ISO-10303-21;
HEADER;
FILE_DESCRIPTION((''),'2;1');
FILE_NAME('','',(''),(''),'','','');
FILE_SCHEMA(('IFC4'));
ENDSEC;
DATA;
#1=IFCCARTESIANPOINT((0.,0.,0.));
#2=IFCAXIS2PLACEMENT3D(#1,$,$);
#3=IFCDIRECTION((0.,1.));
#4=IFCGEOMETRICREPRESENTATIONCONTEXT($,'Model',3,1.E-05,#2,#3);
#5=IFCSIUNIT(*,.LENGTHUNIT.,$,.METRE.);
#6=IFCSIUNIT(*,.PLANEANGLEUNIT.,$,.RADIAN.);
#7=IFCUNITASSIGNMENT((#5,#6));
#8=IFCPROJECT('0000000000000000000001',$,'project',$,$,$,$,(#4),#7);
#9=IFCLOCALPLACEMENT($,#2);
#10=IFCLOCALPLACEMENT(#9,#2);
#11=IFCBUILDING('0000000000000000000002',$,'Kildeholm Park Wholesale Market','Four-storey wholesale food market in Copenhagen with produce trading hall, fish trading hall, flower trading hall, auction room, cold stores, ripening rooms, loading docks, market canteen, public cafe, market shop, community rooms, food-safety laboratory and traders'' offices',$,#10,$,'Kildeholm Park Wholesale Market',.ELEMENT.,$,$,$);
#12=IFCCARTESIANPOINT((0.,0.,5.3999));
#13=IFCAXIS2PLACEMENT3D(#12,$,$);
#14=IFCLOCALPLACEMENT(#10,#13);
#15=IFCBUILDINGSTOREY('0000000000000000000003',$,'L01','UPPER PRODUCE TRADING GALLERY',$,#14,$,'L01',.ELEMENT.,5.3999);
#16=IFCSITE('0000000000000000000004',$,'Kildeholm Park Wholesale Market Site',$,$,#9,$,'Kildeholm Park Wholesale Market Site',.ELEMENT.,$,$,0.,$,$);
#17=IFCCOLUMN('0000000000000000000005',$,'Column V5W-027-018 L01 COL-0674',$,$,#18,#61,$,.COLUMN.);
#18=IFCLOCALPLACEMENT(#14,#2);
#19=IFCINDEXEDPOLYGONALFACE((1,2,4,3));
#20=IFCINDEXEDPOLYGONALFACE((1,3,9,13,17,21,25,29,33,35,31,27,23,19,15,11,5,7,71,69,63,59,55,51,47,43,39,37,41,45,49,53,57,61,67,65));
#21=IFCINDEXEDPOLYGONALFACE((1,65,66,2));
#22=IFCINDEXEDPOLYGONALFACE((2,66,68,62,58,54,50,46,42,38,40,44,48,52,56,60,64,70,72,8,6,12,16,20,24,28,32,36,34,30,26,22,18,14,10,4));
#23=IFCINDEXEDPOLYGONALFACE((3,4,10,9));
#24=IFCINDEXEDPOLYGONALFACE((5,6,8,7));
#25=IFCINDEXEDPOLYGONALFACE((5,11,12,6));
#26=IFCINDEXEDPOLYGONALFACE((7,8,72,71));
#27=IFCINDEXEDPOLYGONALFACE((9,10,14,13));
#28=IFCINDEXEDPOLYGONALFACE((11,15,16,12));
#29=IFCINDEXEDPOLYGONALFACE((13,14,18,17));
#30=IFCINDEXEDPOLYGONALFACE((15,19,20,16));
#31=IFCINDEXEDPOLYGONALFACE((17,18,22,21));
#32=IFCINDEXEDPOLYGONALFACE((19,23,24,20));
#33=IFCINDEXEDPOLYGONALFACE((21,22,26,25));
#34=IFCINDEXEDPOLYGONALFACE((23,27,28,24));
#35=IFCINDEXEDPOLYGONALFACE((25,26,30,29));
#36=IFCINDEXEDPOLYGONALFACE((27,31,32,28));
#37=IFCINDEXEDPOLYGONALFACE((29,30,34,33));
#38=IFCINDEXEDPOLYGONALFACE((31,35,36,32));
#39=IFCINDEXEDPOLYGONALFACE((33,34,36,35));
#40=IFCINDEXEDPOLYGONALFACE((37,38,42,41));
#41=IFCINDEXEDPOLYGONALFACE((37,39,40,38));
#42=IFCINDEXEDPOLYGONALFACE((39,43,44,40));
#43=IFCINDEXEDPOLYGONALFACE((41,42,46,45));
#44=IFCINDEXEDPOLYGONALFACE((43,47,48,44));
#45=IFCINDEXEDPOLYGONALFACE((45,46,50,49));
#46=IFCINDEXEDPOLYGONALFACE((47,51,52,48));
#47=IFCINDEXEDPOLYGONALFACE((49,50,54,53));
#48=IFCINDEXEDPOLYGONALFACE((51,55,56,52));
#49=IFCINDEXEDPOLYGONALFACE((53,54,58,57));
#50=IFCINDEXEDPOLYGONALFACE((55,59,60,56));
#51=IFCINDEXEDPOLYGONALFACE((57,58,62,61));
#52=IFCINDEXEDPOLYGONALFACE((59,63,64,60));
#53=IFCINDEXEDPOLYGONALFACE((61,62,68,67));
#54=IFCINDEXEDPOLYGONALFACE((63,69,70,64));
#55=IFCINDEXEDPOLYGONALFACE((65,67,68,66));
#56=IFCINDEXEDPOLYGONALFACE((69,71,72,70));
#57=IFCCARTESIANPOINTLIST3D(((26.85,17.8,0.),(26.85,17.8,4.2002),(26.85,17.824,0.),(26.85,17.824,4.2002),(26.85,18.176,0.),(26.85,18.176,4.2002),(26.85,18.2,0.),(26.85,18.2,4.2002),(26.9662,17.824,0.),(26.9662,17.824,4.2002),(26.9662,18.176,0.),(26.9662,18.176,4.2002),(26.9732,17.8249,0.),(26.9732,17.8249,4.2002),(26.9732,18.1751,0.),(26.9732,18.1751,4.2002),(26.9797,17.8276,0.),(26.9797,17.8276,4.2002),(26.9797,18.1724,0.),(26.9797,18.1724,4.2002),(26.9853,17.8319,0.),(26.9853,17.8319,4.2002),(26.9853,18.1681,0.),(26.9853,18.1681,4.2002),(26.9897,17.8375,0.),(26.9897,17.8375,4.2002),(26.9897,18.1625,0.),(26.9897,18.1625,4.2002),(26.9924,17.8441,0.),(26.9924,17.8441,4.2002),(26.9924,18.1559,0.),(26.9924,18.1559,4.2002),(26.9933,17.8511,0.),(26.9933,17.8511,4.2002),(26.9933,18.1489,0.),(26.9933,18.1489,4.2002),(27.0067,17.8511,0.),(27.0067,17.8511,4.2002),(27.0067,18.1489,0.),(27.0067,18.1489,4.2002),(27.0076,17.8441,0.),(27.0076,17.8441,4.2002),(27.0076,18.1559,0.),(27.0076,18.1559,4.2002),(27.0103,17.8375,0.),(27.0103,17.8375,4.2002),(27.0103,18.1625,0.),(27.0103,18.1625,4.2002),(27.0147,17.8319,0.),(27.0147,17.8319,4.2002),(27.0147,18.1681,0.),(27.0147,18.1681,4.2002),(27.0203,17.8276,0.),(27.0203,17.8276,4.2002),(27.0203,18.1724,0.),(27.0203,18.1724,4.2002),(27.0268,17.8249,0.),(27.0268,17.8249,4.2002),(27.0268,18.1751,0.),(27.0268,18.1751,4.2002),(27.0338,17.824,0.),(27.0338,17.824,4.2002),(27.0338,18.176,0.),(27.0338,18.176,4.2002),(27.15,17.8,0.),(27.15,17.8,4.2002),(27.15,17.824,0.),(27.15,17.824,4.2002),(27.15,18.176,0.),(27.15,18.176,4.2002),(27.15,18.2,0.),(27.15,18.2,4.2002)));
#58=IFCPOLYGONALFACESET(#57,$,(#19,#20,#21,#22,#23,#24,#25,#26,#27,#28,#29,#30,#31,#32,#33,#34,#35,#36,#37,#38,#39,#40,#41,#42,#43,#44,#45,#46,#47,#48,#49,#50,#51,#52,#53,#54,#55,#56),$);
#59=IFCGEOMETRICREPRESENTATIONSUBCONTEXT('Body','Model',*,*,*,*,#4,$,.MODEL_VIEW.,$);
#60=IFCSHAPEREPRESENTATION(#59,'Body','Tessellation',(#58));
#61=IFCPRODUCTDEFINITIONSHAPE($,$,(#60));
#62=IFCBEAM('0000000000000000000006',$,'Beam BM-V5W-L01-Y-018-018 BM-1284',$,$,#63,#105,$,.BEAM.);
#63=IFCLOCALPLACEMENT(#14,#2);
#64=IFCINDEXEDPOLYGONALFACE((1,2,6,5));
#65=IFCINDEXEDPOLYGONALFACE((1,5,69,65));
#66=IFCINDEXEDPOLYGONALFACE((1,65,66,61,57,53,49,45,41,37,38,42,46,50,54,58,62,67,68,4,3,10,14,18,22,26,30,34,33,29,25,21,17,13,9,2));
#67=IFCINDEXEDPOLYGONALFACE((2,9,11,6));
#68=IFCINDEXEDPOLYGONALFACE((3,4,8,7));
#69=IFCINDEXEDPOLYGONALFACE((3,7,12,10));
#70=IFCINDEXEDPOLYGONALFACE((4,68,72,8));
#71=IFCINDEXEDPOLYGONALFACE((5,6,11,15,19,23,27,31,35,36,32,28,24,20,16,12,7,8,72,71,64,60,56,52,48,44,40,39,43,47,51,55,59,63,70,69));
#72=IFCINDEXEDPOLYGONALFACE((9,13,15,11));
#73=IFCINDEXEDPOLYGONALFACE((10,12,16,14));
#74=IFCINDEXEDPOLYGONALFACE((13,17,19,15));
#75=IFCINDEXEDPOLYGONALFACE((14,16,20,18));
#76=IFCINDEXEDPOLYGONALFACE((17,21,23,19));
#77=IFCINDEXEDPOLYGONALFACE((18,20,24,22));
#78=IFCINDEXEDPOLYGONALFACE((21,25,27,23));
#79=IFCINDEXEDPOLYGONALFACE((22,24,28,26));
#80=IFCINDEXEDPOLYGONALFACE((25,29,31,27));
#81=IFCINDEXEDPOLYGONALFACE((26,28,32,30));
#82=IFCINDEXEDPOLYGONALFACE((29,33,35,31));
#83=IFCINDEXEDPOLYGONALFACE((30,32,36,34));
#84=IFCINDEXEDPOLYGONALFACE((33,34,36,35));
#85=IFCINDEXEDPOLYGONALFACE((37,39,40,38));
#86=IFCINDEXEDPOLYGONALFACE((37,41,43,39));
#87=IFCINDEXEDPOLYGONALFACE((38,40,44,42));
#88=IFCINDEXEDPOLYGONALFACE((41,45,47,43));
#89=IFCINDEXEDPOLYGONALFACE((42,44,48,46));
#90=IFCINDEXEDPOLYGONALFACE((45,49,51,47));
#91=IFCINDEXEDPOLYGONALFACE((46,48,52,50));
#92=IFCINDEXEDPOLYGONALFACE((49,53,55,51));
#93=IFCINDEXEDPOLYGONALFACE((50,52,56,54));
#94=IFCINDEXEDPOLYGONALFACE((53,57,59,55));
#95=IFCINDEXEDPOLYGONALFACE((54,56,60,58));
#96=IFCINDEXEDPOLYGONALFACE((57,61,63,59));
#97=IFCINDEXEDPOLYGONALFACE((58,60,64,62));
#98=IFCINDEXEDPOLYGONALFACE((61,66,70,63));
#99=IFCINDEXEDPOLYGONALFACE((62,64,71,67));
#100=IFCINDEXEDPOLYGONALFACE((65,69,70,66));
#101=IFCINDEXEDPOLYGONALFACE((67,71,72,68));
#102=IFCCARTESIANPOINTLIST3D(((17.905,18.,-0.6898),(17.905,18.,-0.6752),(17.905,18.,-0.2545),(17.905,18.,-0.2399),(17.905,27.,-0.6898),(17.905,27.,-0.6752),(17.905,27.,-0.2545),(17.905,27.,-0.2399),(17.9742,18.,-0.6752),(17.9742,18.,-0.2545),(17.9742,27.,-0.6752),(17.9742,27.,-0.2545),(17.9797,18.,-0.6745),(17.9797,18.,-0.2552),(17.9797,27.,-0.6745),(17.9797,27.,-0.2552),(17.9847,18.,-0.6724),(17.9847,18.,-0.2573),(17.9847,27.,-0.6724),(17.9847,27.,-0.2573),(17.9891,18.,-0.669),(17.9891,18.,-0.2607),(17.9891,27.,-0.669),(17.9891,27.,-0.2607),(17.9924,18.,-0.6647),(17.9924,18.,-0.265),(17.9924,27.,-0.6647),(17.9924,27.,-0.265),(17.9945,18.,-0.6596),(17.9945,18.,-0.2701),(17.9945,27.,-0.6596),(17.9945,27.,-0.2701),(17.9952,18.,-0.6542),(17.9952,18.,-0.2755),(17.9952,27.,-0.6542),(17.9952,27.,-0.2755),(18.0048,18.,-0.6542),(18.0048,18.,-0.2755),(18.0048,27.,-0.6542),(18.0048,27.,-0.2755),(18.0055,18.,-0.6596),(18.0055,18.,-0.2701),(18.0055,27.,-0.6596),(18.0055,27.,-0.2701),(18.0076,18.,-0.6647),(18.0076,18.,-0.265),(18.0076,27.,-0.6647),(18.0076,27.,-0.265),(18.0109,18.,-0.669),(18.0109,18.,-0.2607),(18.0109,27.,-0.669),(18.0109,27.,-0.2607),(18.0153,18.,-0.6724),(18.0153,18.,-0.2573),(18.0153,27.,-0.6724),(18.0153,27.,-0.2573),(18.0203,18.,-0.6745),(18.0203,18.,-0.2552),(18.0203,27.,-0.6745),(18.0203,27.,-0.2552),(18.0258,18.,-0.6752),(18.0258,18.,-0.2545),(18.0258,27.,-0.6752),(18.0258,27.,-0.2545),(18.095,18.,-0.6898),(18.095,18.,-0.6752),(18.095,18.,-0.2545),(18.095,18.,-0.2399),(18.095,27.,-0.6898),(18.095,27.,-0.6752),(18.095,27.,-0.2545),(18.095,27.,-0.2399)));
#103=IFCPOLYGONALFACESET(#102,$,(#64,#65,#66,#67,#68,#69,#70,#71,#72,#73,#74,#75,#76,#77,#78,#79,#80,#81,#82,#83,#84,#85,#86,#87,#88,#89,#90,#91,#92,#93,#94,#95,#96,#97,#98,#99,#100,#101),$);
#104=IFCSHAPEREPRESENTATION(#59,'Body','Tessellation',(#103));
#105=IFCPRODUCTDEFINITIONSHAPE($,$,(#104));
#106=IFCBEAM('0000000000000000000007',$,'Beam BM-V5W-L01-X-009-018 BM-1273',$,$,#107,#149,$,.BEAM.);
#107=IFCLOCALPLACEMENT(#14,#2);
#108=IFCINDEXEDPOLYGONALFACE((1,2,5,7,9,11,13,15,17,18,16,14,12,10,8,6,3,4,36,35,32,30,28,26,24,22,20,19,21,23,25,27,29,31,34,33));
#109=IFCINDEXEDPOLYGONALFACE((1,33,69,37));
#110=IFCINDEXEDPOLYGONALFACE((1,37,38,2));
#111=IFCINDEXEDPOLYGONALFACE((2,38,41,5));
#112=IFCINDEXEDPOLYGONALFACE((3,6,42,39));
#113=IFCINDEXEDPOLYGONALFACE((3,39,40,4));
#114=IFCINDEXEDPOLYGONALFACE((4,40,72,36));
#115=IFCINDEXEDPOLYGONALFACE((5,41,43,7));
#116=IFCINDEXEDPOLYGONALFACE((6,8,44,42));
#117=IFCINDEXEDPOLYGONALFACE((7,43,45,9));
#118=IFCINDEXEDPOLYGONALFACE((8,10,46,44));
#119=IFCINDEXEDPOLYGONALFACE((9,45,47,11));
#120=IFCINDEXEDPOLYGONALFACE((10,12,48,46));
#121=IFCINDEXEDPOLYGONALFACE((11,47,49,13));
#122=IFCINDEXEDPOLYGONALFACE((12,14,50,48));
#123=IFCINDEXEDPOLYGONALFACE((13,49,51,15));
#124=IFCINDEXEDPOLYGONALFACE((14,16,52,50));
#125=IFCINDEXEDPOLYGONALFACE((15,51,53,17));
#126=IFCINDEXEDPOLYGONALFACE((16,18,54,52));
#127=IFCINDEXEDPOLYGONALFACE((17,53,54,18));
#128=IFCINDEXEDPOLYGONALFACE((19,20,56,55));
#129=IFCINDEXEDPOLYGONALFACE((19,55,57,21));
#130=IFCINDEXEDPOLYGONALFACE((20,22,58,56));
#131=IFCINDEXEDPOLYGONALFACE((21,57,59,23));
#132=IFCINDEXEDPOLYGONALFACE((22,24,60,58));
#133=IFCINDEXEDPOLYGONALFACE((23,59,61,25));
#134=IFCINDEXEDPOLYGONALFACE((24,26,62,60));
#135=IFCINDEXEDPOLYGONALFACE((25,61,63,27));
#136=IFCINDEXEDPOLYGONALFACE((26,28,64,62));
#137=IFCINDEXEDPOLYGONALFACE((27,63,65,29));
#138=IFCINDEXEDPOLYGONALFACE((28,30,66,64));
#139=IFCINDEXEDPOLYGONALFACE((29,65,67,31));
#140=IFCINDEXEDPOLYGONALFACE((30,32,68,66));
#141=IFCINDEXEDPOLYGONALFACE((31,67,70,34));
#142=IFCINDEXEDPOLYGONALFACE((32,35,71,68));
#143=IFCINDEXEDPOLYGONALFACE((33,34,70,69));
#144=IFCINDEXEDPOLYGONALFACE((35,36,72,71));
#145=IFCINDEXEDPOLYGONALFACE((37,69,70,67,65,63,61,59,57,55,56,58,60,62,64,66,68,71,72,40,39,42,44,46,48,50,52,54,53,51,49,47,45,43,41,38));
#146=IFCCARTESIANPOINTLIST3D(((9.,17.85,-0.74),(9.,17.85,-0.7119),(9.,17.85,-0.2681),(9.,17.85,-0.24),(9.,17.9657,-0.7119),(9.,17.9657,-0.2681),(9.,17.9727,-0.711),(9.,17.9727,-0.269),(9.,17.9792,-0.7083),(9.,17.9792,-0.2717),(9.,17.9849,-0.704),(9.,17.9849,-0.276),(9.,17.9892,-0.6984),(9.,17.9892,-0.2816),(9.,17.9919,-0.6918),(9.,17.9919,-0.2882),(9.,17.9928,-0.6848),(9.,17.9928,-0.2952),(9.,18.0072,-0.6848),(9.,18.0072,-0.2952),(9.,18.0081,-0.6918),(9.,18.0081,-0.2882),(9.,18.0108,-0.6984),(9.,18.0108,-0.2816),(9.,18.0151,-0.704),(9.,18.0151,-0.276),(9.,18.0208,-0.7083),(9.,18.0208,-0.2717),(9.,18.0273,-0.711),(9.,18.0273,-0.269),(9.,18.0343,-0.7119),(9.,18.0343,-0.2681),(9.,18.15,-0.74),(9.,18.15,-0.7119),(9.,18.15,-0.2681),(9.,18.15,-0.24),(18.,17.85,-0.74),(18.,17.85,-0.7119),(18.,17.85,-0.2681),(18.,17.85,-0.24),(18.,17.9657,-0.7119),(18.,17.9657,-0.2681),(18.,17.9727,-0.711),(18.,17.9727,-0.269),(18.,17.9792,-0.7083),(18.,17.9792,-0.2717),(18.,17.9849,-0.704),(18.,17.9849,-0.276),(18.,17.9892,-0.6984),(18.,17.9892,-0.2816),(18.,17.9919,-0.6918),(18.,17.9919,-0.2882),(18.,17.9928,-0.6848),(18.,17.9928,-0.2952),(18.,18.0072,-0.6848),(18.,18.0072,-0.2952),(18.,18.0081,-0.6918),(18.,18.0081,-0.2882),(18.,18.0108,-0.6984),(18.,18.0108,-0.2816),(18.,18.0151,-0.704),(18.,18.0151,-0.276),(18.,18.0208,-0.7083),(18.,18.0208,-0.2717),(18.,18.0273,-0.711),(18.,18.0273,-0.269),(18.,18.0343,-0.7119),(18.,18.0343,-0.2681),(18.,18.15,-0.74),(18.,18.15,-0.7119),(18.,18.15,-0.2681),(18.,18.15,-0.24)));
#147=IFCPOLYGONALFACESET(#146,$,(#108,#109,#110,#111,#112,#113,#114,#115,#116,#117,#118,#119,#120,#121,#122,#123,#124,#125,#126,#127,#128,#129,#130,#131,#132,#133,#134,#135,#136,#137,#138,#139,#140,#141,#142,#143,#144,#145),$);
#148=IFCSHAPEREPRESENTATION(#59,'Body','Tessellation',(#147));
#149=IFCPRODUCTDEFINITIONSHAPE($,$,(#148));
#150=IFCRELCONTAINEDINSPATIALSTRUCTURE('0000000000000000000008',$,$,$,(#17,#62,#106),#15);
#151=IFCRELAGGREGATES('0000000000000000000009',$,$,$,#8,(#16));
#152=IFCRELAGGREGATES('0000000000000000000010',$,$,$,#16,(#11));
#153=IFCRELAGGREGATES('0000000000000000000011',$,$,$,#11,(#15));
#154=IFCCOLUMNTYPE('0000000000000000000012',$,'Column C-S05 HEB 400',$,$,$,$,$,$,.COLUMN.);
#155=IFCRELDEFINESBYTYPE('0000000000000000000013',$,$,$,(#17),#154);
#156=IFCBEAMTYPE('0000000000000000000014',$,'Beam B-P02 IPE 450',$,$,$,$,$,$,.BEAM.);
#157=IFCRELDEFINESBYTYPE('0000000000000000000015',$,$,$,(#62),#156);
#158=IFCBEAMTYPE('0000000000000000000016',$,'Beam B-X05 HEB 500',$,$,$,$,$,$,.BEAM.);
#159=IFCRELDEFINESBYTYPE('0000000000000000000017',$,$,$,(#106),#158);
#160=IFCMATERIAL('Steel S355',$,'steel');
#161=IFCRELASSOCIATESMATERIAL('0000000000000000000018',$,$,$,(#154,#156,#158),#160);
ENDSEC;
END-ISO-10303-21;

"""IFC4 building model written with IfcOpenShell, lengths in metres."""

from ifc_helpers import new_model, si_unit, direction, frame, origin, origin_2d, place, context, subcontext, project, spatial, i_section, extrude, material, material_profile, profile_set, type_object, element, save


model = new_model("IFC4")

# Units and contexts
model_context = context("Model", 3, precision=1e-05, world=origin(), true_north=direction((0.0, 1.0)))
body_context = subcontext(model_context, "Body", "Model", "MODEL_VIEW")
ifc_project = project(units=[si_unit("LENGTHUNIT", "METRE"), si_unit("PLANEANGLEUNIT", "RADIAN")], contexts=[model_context])

# Site, building, storey
site_placement = place(None, origin())
site = spatial("IfcSite", under=ifc_project, at=site_placement, Name="Kildeholm Park Wholesale Market Site", LongName="Kildeholm Park Wholesale Market Site", CompositionType="ELEMENT", RefElevation=0.0)
building_placement = place(site_placement, origin())
building = spatial("IfcBuilding", under=site, at=building_placement, Name="Kildeholm Park Wholesale Market", Description="Four-storey wholesale food market in Copenhagen with produce trading hall, fish trading hall, flower trading hall, auction room, cold stores, ripening rooms, loading docks, market canteen, public cafe, market shop, community rooms, food-safety laboratory and traders' offices", LongName="Kildeholm Park Wholesale Market", CompositionType="ELEMENT")
storey_placement = place(building_placement, frame((0.0, 0.0, 5.3999)))
storey = spatial("IfcBuildingStorey", under=building, at=storey_placement, Name="L01", Description="UPPER PRODUCE TRADING GALLERY", LongName="L01", CompositionType="ELEMENT", Elevation=5.3999)

# Column
ifc_material_1 = material(Name="Steel S355", Category="steel")
ifc_material_profile_1 = material_profile(ifc_material_1, i_section(OverallWidth=0.3, OverallDepth=0.3999, WebThickness=0.0134, FlangeThickness=0.0239, FilletRadius=0.0271, at=origin_2d()), Name="HEB 400")
ifc_profile_set_1 = profile_set([ifc_material_profile_1], Name="Steel S355")
column_type = type_object("IfcColumnType", Name="Column C-S05 HEB 400", PredefinedType="COLUMN", material=ifc_profile_set_1)
for number, where, z_axis, x_axis, name in (
    (1, (27.0, 18.0, 0.0), (0.0, 0.0, 1.0), (1.0, 0.0, 0.0), "Column V5W-027-018 L01 COL-0674"),
):
    element("IfcColumn", number, at=place(storey_placement, frame(where, z_axis=z_axis, x_axis=x_axis)), inside=storey, type_object=column_type, Name=name, PredefinedType="COLUMN", context=body_context, shape_type="SweptSolid", body=[
        extrude(i_section(OverallWidth=0.3, OverallDepth=0.3999, WebThickness=0.0134, FlangeThickness=0.0239, FilletRadius=0.0271, at=origin_2d()), origin(), (0.0, 0.0, 1.0), 4.2002),
    ])

# Beams
ifc_material_profile_2 = material_profile(ifc_material_1, i_section(OverallWidth=0.1899, OverallDepth=0.45, WebThickness=0.0095, FlangeThickness=0.0146, FilletRadius=0.021, at=origin_2d()), Name="IPE 450")
ifc_profile_set_2 = profile_set([ifc_material_profile_2], Name="Steel S355")
beam_type_1 = type_object("IfcBeamType", Name="Beam B-P02 IPE 450", PredefinedType="BEAM", material=ifc_profile_set_2)
beam_1_placement = place(storey_placement, frame((18.0, 18.0, -0.4648), z_axis=(0.0, 1.0, 0.0), x_axis=(-1.0, 0.0, 0.0)))
element("IfcBeam", 2, at=beam_1_placement, inside=storey, type_object=beam_type_1, Name="Beam BM-V5W-L01-Y-018-018 BM-1284", PredefinedType="BEAM", context=body_context, shape_type="SweptSolid", body=[
    extrude(i_section(OverallWidth=0.1899, OverallDepth=0.45, WebThickness=0.0095, FlangeThickness=0.0146, FilletRadius=0.021, at=origin_2d()), origin(), (0.0, 0.0, 1.0), 9.0),
])
ifc_material_profile_3 = material_profile(ifc_material_1, i_section(OverallWidth=0.3, OverallDepth=0.5, WebThickness=0.0144, FlangeThickness=0.0281, FilletRadius=0.0271, at=origin_2d()), Name="HEB 500")
ifc_profile_set_3 = profile_set([ifc_material_profile_3], Name="Steel S355")
beam_type_2 = type_object("IfcBeamType", Name="Beam B-X05 HEB 500", PredefinedType="BEAM", material=ifc_profile_set_3)
beam_2_placement = place(storey_placement, frame((9.0, 18.0, -0.49), z_axis=(1.0, 0.0, 0.0), x_axis=(0.0, 1.0, 0.0)))
element("IfcBeam", 3, at=beam_2_placement, inside=storey, type_object=beam_type_2, Name="Beam BM-V5W-L01-X-009-018 BM-1273", PredefinedType="BEAM", context=body_context, shape_type="SweptSolid", body=[
    extrude(i_section(OverallWidth=0.3, OverallDepth=0.5, WebThickness=0.0144, FlangeThickness=0.0281, FilletRadius=0.0271, at=origin_2d()), origin(), (0.0, 0.0, 1.0), 9.0),
])

save(model, "model.ifc")
